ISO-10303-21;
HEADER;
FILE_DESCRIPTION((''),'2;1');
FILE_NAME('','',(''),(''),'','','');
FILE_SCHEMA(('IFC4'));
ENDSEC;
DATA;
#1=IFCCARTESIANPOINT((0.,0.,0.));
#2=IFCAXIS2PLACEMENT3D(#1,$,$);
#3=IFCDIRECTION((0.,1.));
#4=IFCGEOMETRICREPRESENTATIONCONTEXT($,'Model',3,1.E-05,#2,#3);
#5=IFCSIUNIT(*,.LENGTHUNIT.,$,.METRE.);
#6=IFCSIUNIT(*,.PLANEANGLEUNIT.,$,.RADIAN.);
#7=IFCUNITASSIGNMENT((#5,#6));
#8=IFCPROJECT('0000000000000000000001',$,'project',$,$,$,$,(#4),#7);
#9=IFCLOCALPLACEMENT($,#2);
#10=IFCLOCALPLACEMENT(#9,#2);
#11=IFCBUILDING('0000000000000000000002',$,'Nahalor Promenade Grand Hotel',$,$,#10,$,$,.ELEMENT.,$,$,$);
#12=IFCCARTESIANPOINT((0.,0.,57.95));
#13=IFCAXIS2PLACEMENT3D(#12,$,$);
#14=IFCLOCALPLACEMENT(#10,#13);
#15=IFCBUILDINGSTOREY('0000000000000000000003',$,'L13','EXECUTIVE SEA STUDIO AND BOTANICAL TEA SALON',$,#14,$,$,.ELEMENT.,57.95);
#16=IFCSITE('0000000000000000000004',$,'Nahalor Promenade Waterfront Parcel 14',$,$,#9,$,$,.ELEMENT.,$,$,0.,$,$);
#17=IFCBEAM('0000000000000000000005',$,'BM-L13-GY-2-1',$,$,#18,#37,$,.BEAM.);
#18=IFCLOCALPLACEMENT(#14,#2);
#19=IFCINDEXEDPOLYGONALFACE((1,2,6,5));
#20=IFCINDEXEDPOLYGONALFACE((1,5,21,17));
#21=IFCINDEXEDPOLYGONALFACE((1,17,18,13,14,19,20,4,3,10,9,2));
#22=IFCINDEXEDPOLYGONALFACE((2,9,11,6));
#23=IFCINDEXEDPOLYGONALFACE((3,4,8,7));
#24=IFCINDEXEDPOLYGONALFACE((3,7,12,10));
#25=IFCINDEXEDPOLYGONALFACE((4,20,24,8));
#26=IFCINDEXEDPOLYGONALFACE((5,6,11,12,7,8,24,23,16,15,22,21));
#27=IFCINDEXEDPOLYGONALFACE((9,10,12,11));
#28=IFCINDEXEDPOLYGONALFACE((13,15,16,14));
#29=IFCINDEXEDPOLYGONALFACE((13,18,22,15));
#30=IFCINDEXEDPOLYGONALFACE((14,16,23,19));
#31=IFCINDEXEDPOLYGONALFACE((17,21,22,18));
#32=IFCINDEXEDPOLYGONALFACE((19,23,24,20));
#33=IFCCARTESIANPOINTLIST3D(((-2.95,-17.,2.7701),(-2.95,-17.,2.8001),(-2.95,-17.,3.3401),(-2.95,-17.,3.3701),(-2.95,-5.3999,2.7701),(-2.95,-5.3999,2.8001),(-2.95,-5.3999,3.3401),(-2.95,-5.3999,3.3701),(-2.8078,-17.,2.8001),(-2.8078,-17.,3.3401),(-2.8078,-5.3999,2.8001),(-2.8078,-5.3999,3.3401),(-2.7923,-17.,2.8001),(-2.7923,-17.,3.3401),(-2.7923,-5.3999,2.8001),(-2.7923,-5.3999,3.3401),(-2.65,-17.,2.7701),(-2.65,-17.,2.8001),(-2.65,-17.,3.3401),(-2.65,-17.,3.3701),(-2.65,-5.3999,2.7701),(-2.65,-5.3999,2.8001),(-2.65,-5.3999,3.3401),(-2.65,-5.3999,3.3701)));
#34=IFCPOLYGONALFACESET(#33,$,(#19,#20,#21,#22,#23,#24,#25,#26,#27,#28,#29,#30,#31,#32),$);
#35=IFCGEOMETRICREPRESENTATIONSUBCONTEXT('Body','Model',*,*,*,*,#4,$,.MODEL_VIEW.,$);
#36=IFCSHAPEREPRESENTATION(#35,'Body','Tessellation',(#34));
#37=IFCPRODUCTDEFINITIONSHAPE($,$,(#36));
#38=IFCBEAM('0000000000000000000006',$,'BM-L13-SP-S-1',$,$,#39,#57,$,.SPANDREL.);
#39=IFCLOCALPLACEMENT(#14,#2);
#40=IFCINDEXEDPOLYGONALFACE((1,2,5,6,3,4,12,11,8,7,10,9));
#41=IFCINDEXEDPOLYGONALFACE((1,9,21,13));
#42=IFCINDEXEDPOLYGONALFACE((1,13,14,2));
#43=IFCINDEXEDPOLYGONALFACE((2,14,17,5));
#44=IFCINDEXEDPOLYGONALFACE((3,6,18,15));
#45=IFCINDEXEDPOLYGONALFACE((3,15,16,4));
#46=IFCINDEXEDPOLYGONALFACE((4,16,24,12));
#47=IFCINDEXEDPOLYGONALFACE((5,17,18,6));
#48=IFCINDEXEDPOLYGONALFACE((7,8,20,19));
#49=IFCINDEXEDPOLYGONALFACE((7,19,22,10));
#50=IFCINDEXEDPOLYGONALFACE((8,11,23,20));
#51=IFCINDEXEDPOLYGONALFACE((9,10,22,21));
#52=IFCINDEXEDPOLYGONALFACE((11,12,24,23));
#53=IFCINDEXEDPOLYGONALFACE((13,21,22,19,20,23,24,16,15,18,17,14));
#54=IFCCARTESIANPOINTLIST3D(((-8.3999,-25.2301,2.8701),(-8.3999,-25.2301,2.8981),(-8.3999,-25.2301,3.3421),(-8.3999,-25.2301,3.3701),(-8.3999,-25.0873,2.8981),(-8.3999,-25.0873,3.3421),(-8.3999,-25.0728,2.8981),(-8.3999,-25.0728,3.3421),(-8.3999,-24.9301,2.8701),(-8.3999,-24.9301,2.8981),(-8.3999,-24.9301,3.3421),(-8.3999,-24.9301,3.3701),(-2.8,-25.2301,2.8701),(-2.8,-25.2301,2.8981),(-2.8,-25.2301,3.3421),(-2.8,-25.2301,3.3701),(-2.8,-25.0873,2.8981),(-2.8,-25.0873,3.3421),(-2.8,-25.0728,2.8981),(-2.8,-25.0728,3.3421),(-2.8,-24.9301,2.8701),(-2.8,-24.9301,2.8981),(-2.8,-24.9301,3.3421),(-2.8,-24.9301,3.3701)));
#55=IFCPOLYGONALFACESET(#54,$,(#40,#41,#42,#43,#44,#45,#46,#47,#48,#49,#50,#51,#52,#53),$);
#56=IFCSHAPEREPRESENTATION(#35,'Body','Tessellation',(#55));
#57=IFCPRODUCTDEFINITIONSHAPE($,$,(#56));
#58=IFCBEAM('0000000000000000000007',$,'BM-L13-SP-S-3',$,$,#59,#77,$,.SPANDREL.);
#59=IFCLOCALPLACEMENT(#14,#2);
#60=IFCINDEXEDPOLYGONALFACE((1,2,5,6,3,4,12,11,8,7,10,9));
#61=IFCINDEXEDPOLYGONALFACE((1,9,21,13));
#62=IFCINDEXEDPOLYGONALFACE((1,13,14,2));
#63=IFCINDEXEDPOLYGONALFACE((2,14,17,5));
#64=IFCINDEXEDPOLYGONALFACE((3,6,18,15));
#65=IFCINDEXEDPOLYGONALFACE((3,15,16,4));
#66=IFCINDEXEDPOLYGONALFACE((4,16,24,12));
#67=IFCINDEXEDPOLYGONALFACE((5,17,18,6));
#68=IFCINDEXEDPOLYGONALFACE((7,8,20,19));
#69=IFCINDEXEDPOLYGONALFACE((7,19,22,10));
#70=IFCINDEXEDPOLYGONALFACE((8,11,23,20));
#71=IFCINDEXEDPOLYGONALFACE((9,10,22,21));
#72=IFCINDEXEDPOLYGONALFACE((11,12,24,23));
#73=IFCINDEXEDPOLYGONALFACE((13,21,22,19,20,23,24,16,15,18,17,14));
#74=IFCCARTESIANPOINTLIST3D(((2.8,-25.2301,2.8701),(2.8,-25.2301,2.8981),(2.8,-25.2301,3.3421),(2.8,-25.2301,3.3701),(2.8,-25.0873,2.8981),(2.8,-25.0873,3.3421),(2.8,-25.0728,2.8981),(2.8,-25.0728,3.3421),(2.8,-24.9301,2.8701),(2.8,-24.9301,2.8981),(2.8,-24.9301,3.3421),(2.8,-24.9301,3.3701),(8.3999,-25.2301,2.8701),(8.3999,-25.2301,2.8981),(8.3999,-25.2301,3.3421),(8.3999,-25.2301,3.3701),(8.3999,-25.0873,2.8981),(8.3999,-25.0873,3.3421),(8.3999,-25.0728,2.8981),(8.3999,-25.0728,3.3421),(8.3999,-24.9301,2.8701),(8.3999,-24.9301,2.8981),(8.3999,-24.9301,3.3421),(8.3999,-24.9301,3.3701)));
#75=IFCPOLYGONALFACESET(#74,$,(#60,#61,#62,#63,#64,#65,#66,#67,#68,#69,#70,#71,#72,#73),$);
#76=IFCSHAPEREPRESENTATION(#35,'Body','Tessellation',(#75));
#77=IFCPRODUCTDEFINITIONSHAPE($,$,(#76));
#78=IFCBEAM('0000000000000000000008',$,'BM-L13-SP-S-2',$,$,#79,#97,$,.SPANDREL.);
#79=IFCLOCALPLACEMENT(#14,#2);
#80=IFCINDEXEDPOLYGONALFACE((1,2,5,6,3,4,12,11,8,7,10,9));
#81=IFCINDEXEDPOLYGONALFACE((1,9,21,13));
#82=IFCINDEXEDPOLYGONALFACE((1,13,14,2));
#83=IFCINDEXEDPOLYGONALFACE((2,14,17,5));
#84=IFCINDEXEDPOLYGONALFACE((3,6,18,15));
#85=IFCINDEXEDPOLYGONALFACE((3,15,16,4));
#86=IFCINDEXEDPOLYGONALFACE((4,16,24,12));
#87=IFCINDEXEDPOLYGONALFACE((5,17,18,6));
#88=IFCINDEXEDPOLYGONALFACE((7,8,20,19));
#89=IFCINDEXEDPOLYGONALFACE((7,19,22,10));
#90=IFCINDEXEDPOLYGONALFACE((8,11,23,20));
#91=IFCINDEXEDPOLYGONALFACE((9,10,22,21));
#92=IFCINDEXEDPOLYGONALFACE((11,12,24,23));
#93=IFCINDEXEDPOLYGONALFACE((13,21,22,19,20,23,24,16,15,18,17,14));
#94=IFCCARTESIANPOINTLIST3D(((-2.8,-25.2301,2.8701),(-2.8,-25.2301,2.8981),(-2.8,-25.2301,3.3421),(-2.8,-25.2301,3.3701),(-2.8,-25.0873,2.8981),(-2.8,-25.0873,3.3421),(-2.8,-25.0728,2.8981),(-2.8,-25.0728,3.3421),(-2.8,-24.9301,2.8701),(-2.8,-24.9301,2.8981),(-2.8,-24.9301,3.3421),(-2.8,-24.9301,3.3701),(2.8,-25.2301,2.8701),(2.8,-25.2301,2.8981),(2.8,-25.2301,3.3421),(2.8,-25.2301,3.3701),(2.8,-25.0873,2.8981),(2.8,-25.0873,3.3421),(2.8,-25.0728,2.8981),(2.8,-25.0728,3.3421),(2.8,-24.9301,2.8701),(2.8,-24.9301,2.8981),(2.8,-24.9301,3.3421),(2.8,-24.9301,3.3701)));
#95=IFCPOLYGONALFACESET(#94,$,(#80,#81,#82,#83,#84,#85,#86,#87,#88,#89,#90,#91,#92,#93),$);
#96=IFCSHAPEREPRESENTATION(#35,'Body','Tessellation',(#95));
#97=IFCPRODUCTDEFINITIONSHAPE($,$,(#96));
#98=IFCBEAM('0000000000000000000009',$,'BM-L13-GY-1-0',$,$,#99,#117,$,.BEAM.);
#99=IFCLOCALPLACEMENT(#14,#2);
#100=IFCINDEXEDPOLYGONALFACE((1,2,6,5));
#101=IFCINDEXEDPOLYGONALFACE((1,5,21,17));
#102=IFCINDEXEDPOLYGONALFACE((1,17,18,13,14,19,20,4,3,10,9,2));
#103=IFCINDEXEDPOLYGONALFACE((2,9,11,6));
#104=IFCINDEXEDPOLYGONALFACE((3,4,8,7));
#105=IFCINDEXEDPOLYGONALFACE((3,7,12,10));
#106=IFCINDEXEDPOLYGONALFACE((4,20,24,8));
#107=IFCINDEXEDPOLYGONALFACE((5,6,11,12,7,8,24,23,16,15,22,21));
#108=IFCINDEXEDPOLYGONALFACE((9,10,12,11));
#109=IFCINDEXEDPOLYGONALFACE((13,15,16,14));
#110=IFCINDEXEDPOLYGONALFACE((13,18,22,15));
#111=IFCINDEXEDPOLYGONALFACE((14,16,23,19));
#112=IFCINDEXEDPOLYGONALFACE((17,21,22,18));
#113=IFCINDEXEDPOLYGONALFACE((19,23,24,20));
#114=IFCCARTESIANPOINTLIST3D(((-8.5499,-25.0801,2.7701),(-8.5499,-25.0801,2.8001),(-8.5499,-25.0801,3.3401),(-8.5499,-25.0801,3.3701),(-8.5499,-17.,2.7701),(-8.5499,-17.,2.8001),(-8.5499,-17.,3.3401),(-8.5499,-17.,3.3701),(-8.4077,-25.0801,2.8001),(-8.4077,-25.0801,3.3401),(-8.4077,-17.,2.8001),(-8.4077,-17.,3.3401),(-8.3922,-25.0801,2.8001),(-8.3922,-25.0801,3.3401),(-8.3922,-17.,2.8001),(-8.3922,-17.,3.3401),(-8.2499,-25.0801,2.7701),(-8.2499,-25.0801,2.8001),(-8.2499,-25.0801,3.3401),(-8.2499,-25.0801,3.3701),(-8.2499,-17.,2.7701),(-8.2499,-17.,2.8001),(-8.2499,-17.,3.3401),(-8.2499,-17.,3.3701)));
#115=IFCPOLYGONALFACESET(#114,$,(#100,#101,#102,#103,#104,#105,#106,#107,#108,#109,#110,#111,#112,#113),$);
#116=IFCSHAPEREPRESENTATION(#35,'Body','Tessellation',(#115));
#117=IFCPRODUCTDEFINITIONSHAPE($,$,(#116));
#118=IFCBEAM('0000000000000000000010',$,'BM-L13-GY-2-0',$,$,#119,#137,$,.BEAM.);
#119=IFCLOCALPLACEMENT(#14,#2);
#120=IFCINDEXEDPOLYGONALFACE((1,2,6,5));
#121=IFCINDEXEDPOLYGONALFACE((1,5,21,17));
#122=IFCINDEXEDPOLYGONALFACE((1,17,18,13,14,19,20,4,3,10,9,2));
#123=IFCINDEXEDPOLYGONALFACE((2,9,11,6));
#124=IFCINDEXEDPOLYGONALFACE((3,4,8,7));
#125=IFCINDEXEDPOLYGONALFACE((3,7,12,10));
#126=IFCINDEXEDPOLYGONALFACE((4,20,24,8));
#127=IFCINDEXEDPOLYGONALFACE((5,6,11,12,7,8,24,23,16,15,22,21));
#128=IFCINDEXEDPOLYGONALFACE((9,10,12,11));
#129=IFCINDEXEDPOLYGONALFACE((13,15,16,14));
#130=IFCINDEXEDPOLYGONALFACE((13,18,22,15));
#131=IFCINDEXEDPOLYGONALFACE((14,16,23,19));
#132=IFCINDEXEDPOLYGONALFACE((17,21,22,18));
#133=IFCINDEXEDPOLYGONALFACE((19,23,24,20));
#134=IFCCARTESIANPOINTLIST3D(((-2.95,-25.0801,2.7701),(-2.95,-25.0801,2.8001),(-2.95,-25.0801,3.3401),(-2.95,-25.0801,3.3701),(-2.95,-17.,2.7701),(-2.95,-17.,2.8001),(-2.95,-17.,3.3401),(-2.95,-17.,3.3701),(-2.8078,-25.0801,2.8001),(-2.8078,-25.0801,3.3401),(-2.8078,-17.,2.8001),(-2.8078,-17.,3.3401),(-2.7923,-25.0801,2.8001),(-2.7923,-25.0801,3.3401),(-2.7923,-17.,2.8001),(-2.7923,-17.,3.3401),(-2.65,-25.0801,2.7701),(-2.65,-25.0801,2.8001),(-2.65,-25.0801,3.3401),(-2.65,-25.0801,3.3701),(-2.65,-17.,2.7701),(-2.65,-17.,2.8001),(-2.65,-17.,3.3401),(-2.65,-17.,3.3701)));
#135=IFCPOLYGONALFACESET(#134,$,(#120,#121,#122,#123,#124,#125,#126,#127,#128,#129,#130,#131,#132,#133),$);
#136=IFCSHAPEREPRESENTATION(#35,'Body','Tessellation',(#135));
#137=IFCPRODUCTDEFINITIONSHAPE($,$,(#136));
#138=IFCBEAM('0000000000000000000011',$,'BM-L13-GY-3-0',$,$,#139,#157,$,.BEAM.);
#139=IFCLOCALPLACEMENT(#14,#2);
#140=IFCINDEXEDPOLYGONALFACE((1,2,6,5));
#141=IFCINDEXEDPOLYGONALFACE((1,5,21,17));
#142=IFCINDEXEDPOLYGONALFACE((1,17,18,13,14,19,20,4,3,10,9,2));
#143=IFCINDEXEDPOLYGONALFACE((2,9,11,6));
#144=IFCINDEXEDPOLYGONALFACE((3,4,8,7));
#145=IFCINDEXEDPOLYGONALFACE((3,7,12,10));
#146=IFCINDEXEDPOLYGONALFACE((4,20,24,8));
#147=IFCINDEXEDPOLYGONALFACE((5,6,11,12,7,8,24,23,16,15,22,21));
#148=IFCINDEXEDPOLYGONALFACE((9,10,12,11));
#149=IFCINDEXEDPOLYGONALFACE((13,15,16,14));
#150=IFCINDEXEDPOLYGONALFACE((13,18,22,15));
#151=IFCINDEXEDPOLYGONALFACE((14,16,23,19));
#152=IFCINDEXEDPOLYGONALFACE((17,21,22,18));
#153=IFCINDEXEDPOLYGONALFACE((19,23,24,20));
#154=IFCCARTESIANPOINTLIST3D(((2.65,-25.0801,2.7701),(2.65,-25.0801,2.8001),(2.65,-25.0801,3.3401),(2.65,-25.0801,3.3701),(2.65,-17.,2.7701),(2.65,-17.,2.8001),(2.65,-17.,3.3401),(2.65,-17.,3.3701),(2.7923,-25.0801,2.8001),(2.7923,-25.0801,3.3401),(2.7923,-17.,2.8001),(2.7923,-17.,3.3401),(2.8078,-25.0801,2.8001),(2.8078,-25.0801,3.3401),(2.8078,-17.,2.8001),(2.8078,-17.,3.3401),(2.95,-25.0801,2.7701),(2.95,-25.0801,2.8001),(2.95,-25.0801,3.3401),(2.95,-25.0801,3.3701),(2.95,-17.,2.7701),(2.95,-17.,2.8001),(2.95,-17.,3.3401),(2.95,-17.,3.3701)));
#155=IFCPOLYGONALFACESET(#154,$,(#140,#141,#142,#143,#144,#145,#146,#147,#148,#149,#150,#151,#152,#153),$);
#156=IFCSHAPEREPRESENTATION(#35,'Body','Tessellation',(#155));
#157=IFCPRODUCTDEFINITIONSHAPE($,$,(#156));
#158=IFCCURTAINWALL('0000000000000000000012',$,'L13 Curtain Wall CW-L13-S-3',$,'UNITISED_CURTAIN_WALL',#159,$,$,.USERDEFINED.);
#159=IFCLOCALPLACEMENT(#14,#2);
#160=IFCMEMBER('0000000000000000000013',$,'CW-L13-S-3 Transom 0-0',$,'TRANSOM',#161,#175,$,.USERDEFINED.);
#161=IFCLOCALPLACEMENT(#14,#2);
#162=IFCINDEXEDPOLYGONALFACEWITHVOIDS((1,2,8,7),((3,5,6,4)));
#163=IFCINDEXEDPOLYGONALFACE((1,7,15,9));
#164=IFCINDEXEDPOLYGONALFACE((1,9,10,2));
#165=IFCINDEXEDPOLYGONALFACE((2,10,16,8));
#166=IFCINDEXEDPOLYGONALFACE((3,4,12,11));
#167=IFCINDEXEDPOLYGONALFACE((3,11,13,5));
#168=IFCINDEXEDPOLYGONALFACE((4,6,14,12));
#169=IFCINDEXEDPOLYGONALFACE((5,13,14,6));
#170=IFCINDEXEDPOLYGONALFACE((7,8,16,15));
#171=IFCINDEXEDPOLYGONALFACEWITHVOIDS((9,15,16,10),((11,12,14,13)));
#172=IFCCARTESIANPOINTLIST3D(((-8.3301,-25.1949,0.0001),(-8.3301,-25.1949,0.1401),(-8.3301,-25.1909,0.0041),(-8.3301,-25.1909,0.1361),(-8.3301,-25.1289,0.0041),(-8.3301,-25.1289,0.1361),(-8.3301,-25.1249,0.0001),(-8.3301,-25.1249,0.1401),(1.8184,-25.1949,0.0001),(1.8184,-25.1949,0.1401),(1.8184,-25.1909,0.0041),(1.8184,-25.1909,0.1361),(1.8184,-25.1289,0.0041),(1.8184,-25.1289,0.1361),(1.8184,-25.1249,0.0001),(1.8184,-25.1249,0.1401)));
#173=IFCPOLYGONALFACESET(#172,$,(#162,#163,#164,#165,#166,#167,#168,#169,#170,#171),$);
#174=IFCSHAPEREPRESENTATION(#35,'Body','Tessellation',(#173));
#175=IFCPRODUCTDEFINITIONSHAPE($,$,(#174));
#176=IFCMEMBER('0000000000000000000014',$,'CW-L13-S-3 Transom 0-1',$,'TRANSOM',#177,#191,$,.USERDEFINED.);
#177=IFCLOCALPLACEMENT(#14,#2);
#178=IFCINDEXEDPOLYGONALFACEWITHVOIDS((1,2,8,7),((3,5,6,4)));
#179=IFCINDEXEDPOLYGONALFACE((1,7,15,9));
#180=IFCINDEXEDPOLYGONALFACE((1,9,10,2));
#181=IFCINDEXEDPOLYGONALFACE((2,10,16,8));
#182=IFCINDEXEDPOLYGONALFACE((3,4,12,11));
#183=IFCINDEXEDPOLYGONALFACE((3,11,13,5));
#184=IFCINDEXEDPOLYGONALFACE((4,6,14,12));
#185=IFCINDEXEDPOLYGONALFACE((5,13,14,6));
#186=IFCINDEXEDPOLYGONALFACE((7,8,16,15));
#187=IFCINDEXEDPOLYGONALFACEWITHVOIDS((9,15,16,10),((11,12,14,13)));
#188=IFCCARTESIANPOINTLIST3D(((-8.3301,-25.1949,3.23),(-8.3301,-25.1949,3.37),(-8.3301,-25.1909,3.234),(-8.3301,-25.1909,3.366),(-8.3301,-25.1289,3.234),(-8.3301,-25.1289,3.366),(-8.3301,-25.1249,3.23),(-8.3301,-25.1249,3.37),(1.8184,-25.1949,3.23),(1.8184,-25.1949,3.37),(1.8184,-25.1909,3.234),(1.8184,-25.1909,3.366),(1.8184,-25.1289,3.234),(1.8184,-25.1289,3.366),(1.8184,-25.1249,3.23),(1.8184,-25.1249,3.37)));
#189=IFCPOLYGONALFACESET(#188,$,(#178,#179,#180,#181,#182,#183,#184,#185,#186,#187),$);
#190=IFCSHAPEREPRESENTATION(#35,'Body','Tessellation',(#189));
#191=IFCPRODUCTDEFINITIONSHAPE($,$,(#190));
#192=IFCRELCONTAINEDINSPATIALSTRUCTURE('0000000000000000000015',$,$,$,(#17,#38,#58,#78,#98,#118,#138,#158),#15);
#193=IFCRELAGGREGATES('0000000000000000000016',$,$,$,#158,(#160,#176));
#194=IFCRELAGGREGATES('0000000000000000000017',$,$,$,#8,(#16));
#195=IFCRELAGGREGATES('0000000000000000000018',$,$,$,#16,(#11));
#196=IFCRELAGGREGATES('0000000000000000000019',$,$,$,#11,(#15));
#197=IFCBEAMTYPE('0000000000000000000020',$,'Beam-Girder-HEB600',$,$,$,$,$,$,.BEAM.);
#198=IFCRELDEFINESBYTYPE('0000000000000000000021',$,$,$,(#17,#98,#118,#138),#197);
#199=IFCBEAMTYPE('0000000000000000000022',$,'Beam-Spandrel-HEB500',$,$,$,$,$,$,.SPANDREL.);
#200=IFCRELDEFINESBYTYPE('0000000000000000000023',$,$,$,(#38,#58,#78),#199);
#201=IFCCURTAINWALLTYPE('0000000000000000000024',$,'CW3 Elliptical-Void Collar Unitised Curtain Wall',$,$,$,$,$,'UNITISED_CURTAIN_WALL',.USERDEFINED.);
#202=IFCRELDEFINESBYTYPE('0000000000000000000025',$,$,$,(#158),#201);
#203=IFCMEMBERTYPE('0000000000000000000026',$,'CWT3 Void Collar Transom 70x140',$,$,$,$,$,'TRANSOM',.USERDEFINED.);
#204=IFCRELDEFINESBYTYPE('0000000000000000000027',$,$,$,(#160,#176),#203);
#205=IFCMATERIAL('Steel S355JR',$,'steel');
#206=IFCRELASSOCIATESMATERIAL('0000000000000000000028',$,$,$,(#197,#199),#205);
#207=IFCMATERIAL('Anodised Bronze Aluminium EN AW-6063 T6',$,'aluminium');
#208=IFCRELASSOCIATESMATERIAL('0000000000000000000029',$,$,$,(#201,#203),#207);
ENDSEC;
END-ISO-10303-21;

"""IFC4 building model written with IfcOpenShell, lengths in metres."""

from ifc_helpers import new_model, si_unit, direction, frame, origin, origin_2d, place, context, subcontext, project, spatial, hollow_rectangle, i_section, extrude, source, transform, mapped, material, material_profile, profile_set, type_object, element, aggregate, save


model = new_model("IFC4")

# Units and contexts
model_context = context("Model", 3, precision=1e-05, world=origin(), true_north=direction((0.0, 1.0)))
body_context = subcontext(model_context, "Body", "Model", "MODEL_VIEW")
ifc_project = project(units=[si_unit("LENGTHUNIT", "METRE"), si_unit("PLANEANGLEUNIT", "RADIAN")], contexts=[model_context])

# Site, building, storey
site_placement = place(None, origin())
site = spatial("IfcSite", under=ifc_project, at=site_placement, Name="Nahalor Promenade Waterfront Parcel 14", CompositionType="ELEMENT", RefElevation=0.0)
building_placement = place(site_placement, origin())
building = spatial("IfcBuilding", under=site, at=building_placement, Name="Nahalor Promenade Grand Hotel", CompositionType="ELEMENT")
storey_placement = place(building_placement, frame((0.0, 0.0, 57.95)))
storey = spatial("IfcBuildingStorey", under=building, at=storey_placement, Name="L13", Description="EXECUTIVE SEA STUDIO AND BOTANICAL TEA SALON", CompositionType="ELEMENT", Elevation=57.95)

# Beams
ifc_material_1 = material(Name="Steel S355JR", Category="steel")
ifc_material_profile_1 = material_profile(ifc_material_1, i_section(OverallWidth=0.3, OverallDepth=0.6, WebThickness=0.0155, FlangeThickness=0.03, at=origin_2d()), Name="HEB 600")
ifc_profile_set_1 = profile_set([ifc_material_profile_1], Name="Steel S355JR")
beam_type_1 = type_object("IfcBeamType", Name="Beam-Girder-HEB600", PredefinedType="BEAM", material=ifc_profile_set_1)
shared_shape_1 = source(origin(), body_context, "Body", "SweptSolid", [
    extrude(i_section(OverallWidth=0.3, OverallDepth=0.6, WebThickness=0.0155, FlangeThickness=0.03, at=origin_2d()), origin(), (0.0, 0.0, 1.0), 11.6001),
])
for number, where, z_axis, x_axis, name in (
    (1, (-2.8, -17.0, 3.0701), (0.0, 1.0, 0.0), (-1.0, 0.0, 0.0), "BM-L13-GY-2-1"),
):
    element("IfcBeam", number, at=place(storey_placement, frame(where, z_axis=z_axis, x_axis=x_axis)), inside=storey, type_object=beam_type_1, Name=name, PredefinedType="BEAM", context=body_context, shape_type="MappedRepresentation", body=[
        mapped(shared_shape_1, transform((0.0, 0.0, 0.0), scale=1.0)),
    ])
ifc_material_profile_2 = material_profile(ifc_material_1, i_section(OverallWidth=0.3, OverallDepth=0.5, WebThickness=0.0145, FlangeThickness=0.028, at=origin_2d()), Name="HEB 500")
ifc_profile_set_2 = profile_set([ifc_material_profile_2], Name="Steel S355JR")
beam_type_2 = type_object("IfcBeamType", Name="Beam-Spandrel-HEB500", PredefinedType="SPANDREL", material=ifc_profile_set_2)
shared_shape_2 = source(origin(), body_context, "Body", "SweptSolid", [
    extrude(i_section(OverallWidth=0.3, OverallDepth=0.5, WebThickness=0.0145, FlangeThickness=0.028, at=origin_2d()), origin(), (0.0, 0.0, 1.0), 5.5999),
])
for number, where, z_axis, x_axis, name in (
    (2, (-8.3999, -25.0801, 3.1201), (1.0, 0.0, 0.0), (0.0, 1.0, 0.0), "BM-L13-SP-S-1"),
    (3, (2.8, -25.0801, 3.1201), (1.0, 0.0, 0.0), (0.0, 1.0, 0.0), "BM-L13-SP-S-3"),
):
    element("IfcBeam", number, at=place(storey_placement, frame(where, z_axis=z_axis, x_axis=x_axis)), inside=storey, type_object=beam_type_2, Name=name, PredefinedType="SPANDREL", context=body_context, shape_type="MappedRepresentation", body=[
        mapped(shared_shape_2, transform((0.0, 0.0, 0.0), scale=1.0)),
    ])
shared_shape_3 = source(origin(), body_context, "Body", "SweptSolid", [
    extrude(i_section(OverallWidth=0.3, OverallDepth=0.5, WebThickness=0.0145, FlangeThickness=0.028, at=origin_2d()), origin(), (0.0, 0.0, 1.0), 5.6001),
])
beam_1_placement = place(storey_placement, frame((-2.8, -25.0801, 3.1201), z_axis=(1.0, 0.0, 0.0), x_axis=(0.0, 1.0, 0.0)))
element("IfcBeam", 4, at=beam_1_placement, inside=storey, type_object=beam_type_2, Name="BM-L13-SP-S-2", PredefinedType="SPANDREL", context=body_context, shape_type="MappedRepresentation", body=[
    mapped(shared_shape_3, transform((0.0, 0.0, 0.0), scale=1.0)),
])
shared_shape_4 = source(origin(), body_context, "Body", "SweptSolid", [
    extrude(i_section(OverallWidth=0.3, OverallDepth=0.6, WebThickness=0.0155, FlangeThickness=0.03, at=origin_2d()), origin(), (0.0, 0.0, 1.0), 8.0801),
])
for number, where, z_axis, x_axis, name in (
    (5, (-8.3999, -25.0801, 3.0701), (0.0, 1.0, 0.0), (-1.0, 0.0, 0.0), "BM-L13-GY-1-0"),
    (6, (-2.8, -25.0801, 3.0701), (0.0, 1.0, 0.0), (-1.0, 0.0, 0.0), "BM-L13-GY-2-0"),
    (7, (2.8, -25.0801, 3.0701), (0.0, 1.0, 0.0), (-1.0, 0.0, 0.0), "BM-L13-GY-3-0"),
):
    element("IfcBeam", number, at=place(storey_placement, frame(where, z_axis=z_axis, x_axis=x_axis)), inside=storey, type_object=beam_type_1, Name=name, PredefinedType="BEAM", context=body_context, shape_type="MappedRepresentation", body=[
        mapped(shared_shape_4, transform((0.0, 0.0, 0.0), scale=1.0)),
    ])

# Curtain wall, members
ifc_material_2 = material(Name="Anodised Bronze Aluminium EN AW-6063 T6", Category="aluminium")
curtain_wall_type = type_object("IfcCurtainWallType", Name="CW3 Elliptical-Void Collar Unitised Curtain Wall", ElementType="UNITISED_CURTAIN_WALL", PredefinedType="USERDEFINED", material=ifc_material_2)
curtain_wall_placement = place(storey_placement, origin())
curtain_wall = element("IfcCurtainWall", 8, at=curtain_wall_placement, inside=storey, type_object=curtain_wall_type, Name="L13 Curtain Wall CW-L13-S-3", ObjectType="UNITISED_CURTAIN_WALL", PredefinedType="USERDEFINED")
ifc_material_profile_3 = material_profile(ifc_material_2, hollow_rectangle(XDim=0.07, YDim=0.14, WallThickness=0.004, at=origin_2d()), Name="CWT 70x140x4")
ifc_profile_set_3 = profile_set([ifc_material_profile_3], Name="Anodised Bronze Aluminium EN AW-6063 T6")
member_type_1 = type_object("IfcMemberType", Name="CWT3 Void Collar Transom 70x140", ElementType="TRANSOM", PredefinedType="USERDEFINED", material=ifc_profile_set_3)
shared_shape_5 = source(origin(), body_context, "Body", "SweptSolid", [
    extrude(hollow_rectangle(XDim=0.07, YDim=0.14, WallThickness=0.004, at=origin_2d()), origin(), (0.0, 0.0, 1.0), 10.1484),
])
member_1_placement = place(storey_placement, frame((-8.3301, -25.1599, 0.0701), z_axis=(1.0, 0.0, 0.0), x_axis=(0.0, 1.0, 0.0)))
member_1 = element("IfcMember", 9, at=member_1_placement, type_object=member_type_1, Name="CW-L13-S-3 Transom 0-0", ObjectType="TRANSOM", PredefinedType="USERDEFINED", context=body_context, shape_type="MappedRepresentation", body=[
    mapped(shared_shape_5, transform((0.0, 0.0, 0.0), scale=1.0)),
])
member_2_placement = place(storey_placement, frame((-8.3301, -25.1599, 3.3), z_axis=(1.0, 0.0, 0.0), x_axis=(0.0, 1.0, 0.0)))
member_2 = element("IfcMember", 10, at=member_2_placement, type_object=member_type_1, Name="CW-L13-S-3 Transom 0-1", ObjectType="TRANSOM", PredefinedType="USERDEFINED", context=body_context, shape_type="MappedRepresentation", body=[
    mapped(shared_shape_5, transform((0.0, 0.0, 0.0), scale=1.0)),
])
aggregate(curtain_wall, [member_1, member_2])

save(model, "model.ifc")
